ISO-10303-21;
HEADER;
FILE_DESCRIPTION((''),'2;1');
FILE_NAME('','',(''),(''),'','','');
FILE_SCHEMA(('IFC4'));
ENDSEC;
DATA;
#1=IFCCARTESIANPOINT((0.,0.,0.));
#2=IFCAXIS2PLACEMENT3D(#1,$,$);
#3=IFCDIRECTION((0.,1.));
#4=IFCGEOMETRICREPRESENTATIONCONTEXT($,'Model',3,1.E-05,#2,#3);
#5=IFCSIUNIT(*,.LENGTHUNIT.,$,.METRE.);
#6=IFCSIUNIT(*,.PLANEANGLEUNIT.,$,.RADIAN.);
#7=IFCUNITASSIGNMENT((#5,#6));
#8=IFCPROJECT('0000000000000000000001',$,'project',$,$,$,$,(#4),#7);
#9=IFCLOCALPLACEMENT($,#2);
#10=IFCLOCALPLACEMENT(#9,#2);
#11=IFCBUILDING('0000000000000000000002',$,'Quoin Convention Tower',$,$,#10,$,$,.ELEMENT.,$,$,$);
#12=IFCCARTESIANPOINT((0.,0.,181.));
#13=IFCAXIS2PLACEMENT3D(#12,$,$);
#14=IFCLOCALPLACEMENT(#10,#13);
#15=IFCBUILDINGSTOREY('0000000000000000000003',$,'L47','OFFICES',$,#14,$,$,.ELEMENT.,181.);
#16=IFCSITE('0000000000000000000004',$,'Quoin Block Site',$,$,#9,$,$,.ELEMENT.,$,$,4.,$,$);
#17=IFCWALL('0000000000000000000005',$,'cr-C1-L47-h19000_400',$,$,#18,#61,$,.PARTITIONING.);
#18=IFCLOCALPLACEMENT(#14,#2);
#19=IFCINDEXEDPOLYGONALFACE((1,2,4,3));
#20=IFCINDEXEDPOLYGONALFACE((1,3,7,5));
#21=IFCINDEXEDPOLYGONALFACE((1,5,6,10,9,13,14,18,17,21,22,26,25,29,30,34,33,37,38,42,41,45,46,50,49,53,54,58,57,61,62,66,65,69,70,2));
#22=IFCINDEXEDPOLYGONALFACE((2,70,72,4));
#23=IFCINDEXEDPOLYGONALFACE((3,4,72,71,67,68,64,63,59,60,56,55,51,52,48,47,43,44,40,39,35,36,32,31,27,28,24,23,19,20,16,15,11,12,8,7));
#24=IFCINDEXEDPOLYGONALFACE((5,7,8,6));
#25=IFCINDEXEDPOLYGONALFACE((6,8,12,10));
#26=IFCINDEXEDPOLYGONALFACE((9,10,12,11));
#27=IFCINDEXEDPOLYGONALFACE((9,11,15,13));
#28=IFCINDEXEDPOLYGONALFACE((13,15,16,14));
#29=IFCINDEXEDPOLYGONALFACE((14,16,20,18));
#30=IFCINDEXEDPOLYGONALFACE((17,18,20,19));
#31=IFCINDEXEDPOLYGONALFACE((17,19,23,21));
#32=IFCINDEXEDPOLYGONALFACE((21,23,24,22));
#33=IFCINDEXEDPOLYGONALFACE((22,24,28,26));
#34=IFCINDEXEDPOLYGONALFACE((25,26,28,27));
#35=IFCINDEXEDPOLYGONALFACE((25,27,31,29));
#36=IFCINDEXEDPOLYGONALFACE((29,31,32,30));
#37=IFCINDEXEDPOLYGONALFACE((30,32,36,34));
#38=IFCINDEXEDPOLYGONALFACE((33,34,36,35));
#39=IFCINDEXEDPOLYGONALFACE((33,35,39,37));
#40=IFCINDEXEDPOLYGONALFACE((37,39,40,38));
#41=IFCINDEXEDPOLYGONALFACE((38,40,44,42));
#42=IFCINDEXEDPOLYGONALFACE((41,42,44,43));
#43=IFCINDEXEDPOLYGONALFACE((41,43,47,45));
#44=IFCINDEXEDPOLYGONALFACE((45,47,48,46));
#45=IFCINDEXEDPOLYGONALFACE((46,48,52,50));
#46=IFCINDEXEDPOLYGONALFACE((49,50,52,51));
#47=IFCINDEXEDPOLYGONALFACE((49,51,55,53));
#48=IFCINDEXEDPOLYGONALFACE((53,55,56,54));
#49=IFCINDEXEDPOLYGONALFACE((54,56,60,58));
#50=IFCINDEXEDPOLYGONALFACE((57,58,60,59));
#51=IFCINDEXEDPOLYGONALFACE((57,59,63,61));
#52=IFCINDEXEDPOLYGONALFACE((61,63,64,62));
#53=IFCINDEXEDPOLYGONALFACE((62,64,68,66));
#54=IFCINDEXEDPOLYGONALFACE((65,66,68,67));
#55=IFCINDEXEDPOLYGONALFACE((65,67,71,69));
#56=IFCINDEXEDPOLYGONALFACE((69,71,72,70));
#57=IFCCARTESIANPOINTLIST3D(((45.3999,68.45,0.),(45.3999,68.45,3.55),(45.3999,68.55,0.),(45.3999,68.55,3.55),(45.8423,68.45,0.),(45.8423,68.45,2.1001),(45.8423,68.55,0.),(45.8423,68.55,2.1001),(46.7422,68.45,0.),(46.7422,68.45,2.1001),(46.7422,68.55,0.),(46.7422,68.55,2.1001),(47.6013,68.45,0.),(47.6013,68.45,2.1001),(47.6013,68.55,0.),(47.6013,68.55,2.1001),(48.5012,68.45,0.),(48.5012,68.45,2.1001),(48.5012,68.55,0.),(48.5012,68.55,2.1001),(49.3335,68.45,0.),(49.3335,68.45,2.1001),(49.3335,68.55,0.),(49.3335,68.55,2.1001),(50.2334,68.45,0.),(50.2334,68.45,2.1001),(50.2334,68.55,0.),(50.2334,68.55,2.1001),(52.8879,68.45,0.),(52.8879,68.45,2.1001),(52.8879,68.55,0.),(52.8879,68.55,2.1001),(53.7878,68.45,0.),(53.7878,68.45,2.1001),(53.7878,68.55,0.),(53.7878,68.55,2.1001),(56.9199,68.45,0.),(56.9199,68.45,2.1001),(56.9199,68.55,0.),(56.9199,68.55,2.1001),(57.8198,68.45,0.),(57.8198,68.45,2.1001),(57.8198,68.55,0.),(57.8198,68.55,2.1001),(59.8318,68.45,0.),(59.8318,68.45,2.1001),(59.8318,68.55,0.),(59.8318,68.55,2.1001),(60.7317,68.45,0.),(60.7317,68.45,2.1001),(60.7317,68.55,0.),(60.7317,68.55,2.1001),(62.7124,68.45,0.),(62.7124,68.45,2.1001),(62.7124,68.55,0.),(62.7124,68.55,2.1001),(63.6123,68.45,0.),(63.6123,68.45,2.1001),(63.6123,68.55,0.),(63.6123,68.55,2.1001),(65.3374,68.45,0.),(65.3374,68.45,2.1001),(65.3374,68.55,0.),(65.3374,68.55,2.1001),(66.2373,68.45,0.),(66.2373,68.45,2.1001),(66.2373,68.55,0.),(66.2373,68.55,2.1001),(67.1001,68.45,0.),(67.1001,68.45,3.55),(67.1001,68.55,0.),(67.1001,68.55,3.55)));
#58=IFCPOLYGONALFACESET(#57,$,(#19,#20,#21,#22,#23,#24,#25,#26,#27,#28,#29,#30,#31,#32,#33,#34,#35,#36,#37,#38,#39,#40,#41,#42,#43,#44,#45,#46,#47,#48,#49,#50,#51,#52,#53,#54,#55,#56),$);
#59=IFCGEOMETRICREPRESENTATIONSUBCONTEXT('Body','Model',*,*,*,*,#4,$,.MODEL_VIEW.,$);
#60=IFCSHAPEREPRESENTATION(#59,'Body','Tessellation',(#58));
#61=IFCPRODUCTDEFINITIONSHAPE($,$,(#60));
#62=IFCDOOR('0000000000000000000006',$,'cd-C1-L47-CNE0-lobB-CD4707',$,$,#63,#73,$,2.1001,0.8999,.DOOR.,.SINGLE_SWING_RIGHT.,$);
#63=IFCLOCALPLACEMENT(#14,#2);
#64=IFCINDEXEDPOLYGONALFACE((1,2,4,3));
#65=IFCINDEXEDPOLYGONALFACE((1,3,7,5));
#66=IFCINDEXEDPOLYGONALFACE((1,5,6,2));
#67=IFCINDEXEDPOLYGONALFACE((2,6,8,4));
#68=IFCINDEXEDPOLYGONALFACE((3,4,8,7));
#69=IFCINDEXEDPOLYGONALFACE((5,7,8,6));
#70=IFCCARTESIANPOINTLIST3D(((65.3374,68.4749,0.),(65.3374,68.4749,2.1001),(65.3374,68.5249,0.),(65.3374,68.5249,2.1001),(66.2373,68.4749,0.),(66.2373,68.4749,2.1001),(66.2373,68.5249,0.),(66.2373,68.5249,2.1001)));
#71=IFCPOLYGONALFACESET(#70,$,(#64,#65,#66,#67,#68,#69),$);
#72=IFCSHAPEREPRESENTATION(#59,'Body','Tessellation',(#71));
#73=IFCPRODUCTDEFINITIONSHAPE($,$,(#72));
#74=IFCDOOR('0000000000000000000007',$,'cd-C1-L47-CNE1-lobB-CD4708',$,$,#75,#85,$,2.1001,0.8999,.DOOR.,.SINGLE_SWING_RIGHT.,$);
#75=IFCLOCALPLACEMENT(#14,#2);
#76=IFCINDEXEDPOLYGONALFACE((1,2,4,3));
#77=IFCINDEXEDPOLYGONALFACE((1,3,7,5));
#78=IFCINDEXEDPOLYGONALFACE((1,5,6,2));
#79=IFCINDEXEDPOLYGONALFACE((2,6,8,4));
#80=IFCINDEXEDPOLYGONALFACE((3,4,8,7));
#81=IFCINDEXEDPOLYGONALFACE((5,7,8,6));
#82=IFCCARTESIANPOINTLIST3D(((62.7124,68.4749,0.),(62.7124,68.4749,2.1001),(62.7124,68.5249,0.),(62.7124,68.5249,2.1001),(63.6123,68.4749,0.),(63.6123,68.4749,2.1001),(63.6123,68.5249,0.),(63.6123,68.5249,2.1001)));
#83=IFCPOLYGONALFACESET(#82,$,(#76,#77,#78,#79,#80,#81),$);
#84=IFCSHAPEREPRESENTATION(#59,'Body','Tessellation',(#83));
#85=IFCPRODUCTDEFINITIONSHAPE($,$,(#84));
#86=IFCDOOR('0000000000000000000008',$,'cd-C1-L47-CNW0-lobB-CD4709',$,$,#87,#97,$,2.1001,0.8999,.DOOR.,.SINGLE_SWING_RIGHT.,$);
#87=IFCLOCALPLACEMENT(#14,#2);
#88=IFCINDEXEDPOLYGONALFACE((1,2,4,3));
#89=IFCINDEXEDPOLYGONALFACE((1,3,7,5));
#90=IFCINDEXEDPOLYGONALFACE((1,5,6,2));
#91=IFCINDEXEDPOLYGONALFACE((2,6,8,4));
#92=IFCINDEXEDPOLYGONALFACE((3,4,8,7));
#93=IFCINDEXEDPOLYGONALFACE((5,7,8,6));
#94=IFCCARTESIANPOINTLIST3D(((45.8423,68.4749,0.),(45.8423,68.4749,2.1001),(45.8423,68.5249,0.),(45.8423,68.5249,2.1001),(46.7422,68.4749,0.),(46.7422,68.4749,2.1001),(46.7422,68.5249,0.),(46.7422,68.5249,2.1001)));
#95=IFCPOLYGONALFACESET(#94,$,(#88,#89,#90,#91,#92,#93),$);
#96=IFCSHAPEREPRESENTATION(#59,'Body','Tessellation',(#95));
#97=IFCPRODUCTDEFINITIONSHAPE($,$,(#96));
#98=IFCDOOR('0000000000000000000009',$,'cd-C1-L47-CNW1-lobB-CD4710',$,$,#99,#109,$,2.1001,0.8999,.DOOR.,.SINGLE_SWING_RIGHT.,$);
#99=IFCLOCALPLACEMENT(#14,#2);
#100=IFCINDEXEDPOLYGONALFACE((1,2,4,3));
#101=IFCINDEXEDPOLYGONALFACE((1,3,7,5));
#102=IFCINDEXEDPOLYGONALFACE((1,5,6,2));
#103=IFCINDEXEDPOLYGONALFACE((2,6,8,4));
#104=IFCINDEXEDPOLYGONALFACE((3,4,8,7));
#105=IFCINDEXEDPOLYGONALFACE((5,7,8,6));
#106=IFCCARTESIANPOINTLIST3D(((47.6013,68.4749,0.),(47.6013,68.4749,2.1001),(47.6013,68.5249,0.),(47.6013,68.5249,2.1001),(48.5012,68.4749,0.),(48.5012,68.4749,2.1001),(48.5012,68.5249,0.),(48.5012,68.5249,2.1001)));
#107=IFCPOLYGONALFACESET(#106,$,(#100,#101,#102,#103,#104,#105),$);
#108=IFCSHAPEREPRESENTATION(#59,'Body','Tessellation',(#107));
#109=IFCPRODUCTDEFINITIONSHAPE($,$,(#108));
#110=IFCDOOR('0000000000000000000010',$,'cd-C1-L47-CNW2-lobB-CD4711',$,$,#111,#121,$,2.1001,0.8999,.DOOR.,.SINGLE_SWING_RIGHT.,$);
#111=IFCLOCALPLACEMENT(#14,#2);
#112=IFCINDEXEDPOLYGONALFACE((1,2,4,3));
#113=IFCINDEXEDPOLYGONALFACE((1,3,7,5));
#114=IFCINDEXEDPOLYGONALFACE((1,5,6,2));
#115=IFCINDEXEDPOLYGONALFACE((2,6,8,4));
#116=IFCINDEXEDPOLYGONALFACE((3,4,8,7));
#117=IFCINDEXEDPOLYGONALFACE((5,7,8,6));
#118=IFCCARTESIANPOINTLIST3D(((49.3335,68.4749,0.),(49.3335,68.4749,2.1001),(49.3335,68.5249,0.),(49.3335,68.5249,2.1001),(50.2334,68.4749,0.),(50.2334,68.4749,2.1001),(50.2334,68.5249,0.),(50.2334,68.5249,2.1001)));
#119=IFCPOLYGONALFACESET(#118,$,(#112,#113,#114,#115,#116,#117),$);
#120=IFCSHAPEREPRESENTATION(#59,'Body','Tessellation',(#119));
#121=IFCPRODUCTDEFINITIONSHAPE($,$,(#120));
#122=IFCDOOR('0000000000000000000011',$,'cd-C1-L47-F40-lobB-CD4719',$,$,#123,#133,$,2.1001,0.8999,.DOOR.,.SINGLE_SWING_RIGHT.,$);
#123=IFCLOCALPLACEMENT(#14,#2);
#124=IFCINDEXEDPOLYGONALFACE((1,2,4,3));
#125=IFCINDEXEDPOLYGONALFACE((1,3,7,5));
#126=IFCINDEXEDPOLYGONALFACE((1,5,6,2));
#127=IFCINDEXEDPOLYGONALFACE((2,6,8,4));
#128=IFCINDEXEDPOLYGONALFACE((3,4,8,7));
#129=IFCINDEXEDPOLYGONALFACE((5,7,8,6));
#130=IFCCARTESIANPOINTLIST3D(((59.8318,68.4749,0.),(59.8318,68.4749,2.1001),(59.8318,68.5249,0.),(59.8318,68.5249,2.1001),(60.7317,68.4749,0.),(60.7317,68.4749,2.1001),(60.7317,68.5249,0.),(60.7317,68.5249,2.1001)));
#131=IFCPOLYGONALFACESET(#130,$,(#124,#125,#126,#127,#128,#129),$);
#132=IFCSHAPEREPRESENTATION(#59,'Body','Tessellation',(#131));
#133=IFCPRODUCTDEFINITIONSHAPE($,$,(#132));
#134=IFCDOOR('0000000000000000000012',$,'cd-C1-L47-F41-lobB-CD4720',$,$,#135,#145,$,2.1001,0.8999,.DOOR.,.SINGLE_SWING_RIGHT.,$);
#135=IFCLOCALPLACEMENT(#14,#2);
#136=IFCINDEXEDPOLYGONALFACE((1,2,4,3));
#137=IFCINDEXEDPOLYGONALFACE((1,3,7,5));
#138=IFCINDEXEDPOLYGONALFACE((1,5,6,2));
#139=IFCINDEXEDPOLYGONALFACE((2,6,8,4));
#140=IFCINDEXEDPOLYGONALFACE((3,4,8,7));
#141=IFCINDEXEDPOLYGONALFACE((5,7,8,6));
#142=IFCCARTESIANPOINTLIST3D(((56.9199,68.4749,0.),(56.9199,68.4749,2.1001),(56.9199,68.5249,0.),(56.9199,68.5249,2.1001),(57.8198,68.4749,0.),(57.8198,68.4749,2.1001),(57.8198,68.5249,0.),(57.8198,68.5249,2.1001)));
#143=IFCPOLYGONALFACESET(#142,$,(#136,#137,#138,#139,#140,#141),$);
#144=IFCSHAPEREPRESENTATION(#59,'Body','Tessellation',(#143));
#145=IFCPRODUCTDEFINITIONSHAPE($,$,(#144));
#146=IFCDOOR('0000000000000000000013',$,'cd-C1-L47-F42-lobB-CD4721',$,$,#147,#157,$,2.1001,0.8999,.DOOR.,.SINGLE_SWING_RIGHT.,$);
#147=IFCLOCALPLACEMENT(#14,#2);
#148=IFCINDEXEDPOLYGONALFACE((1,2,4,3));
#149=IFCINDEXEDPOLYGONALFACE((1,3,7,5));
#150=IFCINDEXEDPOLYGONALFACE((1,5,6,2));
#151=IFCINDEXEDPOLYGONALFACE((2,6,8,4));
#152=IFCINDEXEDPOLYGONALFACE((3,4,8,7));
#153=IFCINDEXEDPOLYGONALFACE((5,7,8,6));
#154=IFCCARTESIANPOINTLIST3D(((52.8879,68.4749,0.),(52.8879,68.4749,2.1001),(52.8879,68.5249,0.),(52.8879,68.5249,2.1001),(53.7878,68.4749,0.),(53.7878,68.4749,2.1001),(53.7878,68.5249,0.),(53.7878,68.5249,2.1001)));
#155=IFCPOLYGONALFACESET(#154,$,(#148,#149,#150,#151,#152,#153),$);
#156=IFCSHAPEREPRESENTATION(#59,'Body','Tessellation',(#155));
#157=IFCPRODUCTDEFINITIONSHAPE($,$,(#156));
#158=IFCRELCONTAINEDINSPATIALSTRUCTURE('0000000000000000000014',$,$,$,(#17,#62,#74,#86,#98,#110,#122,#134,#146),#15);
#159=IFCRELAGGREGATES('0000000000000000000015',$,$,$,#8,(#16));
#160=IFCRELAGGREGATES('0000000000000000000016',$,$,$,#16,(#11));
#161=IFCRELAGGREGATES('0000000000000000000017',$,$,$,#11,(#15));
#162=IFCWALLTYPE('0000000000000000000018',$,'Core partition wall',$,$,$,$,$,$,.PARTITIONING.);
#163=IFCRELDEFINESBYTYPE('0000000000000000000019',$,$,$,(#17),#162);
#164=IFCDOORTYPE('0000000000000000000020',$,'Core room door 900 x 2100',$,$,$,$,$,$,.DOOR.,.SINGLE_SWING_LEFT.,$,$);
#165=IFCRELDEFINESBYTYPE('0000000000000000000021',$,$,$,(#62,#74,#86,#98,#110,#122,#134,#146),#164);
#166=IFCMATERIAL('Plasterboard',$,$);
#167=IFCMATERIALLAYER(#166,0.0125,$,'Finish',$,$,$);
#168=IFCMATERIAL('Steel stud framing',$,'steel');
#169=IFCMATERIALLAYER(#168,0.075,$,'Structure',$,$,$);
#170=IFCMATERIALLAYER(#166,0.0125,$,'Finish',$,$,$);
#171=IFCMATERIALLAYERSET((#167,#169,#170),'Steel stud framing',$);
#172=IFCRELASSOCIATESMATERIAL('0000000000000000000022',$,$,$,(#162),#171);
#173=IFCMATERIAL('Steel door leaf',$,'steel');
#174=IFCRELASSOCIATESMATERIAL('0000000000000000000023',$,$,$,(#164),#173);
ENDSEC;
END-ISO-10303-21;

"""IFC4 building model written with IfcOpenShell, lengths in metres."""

from ifc_helpers import new_model, si_unit, direction, frame, frame_2d, origin, place, context, subcontext, project, spatial, rectangle, extrude, material, layer, layer_set, type_object, element, fill, save


model = new_model("IFC4")

# Units and contexts
model_context = context("Model", 3, precision=1e-05, world=origin(), true_north=direction((0.0, 1.0)))
body_context = subcontext(model_context, "Body", "Model", "MODEL_VIEW")
ifc_project = project(units=[si_unit("LENGTHUNIT", "METRE"), si_unit("PLANEANGLEUNIT", "RADIAN")], contexts=[model_context])

# Site, building, storey
site_placement = place(None, origin())
site = spatial("IfcSite", under=ifc_project, at=site_placement, Name="Quoin Block Site", CompositionType="ELEMENT", RefElevation=4.0)
building_placement = place(site_placement, origin())
building = spatial("IfcBuilding", under=site, at=building_placement, Name="Quoin Convention Tower", CompositionType="ELEMENT")
storey_placement = place(building_placement, frame((0.0, 0.0, 181.0)))
storey = spatial("IfcBuildingStorey", under=building, at=storey_placement, Name="L47", Description="OFFICES", CompositionType="ELEMENT", Elevation=181.0)

# Wall, openings, doors
ifc_material_1 = material(Name="Plasterboard")
ifc_layer_1 = layer(ifc_material_1, 0.0125, Name="Finish")
ifc_material_2 = material(Name="Steel stud framing", Category="steel")
ifc_layer_2 = layer(ifc_material_2, 0.075, Name="Structure")
ifc_layer_3 = layer(ifc_material_1, 0.0125, Name="Finish")
ifc_layer_set_1 = layer_set([ifc_layer_1, ifc_layer_2, ifc_layer_3], Name="Steel stud framing")
wall_type_1 = type_object("IfcWallType", Name="Core partition wall", PredefinedType="PARTITIONING", material=ifc_layer_set_1)
wall_1_placement = place(storey_placement, frame((45.3999, 68.5, 0.0), z_axis=(0.0, 0.0, 1.0), x_axis=(1.0, 0.0, 0.0)))
wall_1 = element("IfcWall", 1, at=wall_1_placement, inside=storey, type_object=wall_type_1, Name="cr-C1-L47-h19000_400", PredefinedType="PARTITIONING", context=body_context, shape_type="SweptSolid", body=[
    extrude(rectangle(XDim=21.7002, YDim=0.1001, at=frame_2d((10.8501, 0.0))), origin(), (0.0, 0.0, 1.0), 3.55),
])
opening_1_placement = place(wall_1_placement, frame((19.9375, 0.0, 0.0)))
opening_1 = element("IfcOpeningElement", 2, at=opening_1_placement, cuts=wall_1, PredefinedType="OPENING", context=body_context, shape_type="SweptSolid", body=[
    extrude(rectangle(XDim=0.8999, YDim=2.1001, at=frame_2d((0.45, 1.05))), frame((0.0, 0.0601, 0.0), z_axis=(0.0, -1.0, 0.0), x_axis=(1.0, 0.0, 0.0)), (0.0, 0.0, 1.0), 0.1201),
])
opening_2_placement = place(wall_1_placement, frame((17.3125, 0.0, 0.0)))
opening_2 = element("IfcOpeningElement", 3, at=opening_2_placement, cuts=wall_1, PredefinedType="OPENING", context=body_context, shape_type="SweptSolid", body=[
    extrude(rectangle(XDim=0.8999, YDim=2.1001, at=frame_2d((0.45, 1.05))), frame((0.0, 0.0601, 0.0), z_axis=(0.0, -1.0, 0.0), x_axis=(1.0, 0.0, 0.0)), (0.0, 0.0, 1.0), 0.1201),
])
opening_3_placement = place(wall_1_placement, frame((0.4424, 0.0, 0.0)))
opening_3 = element("IfcOpeningElement", 4, at=opening_3_placement, cuts=wall_1, PredefinedType="OPENING", context=body_context, shape_type="SweptSolid", body=[
    extrude(rectangle(XDim=0.8999, YDim=2.1001, at=frame_2d((0.45, 1.05))), frame((0.0, 0.0601, 0.0), z_axis=(0.0, -1.0, 0.0), x_axis=(1.0, 0.0, 0.0)), (0.0, 0.0, 1.0), 0.1201),
])
opening_4_placement = place(wall_1_placement, frame((2.2014, 0.0, 0.0)))
opening_4 = element("IfcOpeningElement", 5, at=opening_4_placement, cuts=wall_1, PredefinedType="OPENING", context=body_context, shape_type="SweptSolid", body=[
    extrude(rectangle(XDim=0.8999, YDim=2.1001, at=frame_2d((0.45, 1.05))), frame((0.0, 0.0601, 0.0), z_axis=(0.0, -1.0, 0.0), x_axis=(1.0, 0.0, 0.0)), (0.0, 0.0, 1.0), 0.1201),
])
opening_5_placement = place(wall_1_placement, frame((3.9336, 0.0, 0.0)))
opening_5 = element("IfcOpeningElement", 6, at=opening_5_placement, cuts=wall_1, PredefinedType="OPENING", context=body_context, shape_type="SweptSolid", body=[
    extrude(rectangle(XDim=0.8999, YDim=2.1001, at=frame_2d((0.45, 1.05))), frame((0.0, 0.0601, 0.0), z_axis=(0.0, -1.0, 0.0), x_axis=(1.0, 0.0, 0.0)), (0.0, 0.0, 1.0), 0.1201),
])
opening_6_placement = place(wall_1_placement, frame((14.4319, 0.0, 0.0)))
opening_6 = element("IfcOpeningElement", 7, at=opening_6_placement, cuts=wall_1, PredefinedType="OPENING", context=body_context, shape_type="SweptSolid", body=[
    extrude(rectangle(XDim=0.8999, YDim=2.1001, at=frame_2d((0.45, 1.05))), frame((0.0, 0.0601, 0.0), z_axis=(0.0, -1.0, 0.0), x_axis=(1.0, 0.0, 0.0)), (0.0, 0.0, 1.0), 0.1201),
])
opening_7_placement = place(wall_1_placement, frame((11.52, 0.0, 0.0)))
opening_7 = element("IfcOpeningElement", 8, at=opening_7_placement, cuts=wall_1, PredefinedType="OPENING", context=body_context, shape_type="SweptSolid", body=[
    extrude(rectangle(XDim=0.8999, YDim=2.1001, at=frame_2d((0.45, 1.05))), frame((0.0, 0.0601, 0.0), z_axis=(0.0, -1.0, 0.0), x_axis=(1.0, 0.0, 0.0)), (0.0, 0.0, 1.0), 0.1201),
])
opening_8_placement = place(wall_1_placement, frame((7.488, 0.0, 0.0)))
opening_8 = element("IfcOpeningElement", 9, at=opening_8_placement, cuts=wall_1, PredefinedType="OPENING", context=body_context, shape_type="SweptSolid", body=[
    extrude(rectangle(XDim=0.8999, YDim=2.1001, at=frame_2d((0.45, 1.05))), frame((0.0, 0.0601, 0.0), z_axis=(0.0, -1.0, 0.0), x_axis=(1.0, 0.0, 0.0)), (0.0, 0.0, 1.0), 0.1201),
])
ifc_material_3 = material(Name="Steel door leaf", Category="steel")
door_type_1 = type_object("IfcDoorType", Name="Core room door 900 x 2100", OperationType="SINGLE_SWING_LEFT", PredefinedType="DOOR", material=ifc_material_3)
door_1_placement = place(opening_1_placement, origin())
door_1 = element("IfcDoor", 10, at=door_1_placement, inside=storey, type_object=door_type_1, Name="cd-C1-L47-CNE0-lobB-CD4707", OperationType="SINGLE_SWING_RIGHT", OverallHeight=2.1001, OverallWidth=0.8999, PredefinedType="DOOR", context=body_context, shape_type="SweptSolid", body=[
    extrude(rectangle(XDim=0.8999, YDim=2.1001, at=frame_2d((0.45, 1.05))), frame((0.0, 0.0249, 0.0), z_axis=(0.0, -1.0, 0.0), x_axis=(1.0, 0.0, 0.0)), (0.0, 0.0, 1.0), 0.05),
])
fill(opening_1, door_1)
door_2_placement = place(opening_2_placement, origin())
door_2 = element("IfcDoor", 11, at=door_2_placement, inside=storey, type_object=door_type_1, Name="cd-C1-L47-CNE1-lobB-CD4708", OperationType="SINGLE_SWING_RIGHT", OverallHeight=2.1001, OverallWidth=0.8999, PredefinedType="DOOR", context=body_context, shape_type="SweptSolid", body=[
    extrude(rectangle(XDim=0.8999, YDim=2.1001, at=frame_2d((0.45, 1.05))), frame((0.0, 0.0249, 0.0), z_axis=(0.0, -1.0, 0.0), x_axis=(1.0, 0.0, 0.0)), (0.0, 0.0, 1.0), 0.05),
])
fill(opening_2, door_2)
door_3_placement = place(opening_3_placement, origin())
door_3 = element("IfcDoor", 12, at=door_3_placement, inside=storey, type_object=door_type_1, Name="cd-C1-L47-CNW0-lobB-CD4709", OperationType="SINGLE_SWING_RIGHT", OverallHeight=2.1001, OverallWidth=0.8999, PredefinedType="DOOR", context=body_context, shape_type="SweptSolid", body=[
    extrude(rectangle(XDim=0.8999, YDim=2.1001, at=frame_2d((0.45, 1.05))), frame((0.0, 0.0249, 0.0), z_axis=(0.0, -1.0, 0.0), x_axis=(1.0, 0.0, 0.0)), (0.0, 0.0, 1.0), 0.05),
])
fill(opening_3, door_3)
door_4_placement = place(opening_4_placement, origin())
door_4 = element("IfcDoor", 13, at=door_4_placement, inside=storey, type_object=door_type_1, Name="cd-C1-L47-CNW1-lobB-CD4710", OperationType="SINGLE_SWING_RIGHT", OverallHeight=2.1001, OverallWidth=0.8999, PredefinedType="DOOR", context=body_context, shape_type="SweptSolid", body=[
    extrude(rectangle(XDim=0.8999, YDim=2.1001, at=frame_2d((0.45, 1.05))), frame((0.0, 0.0249, 0.0), z_axis=(0.0, -1.0, 0.0), x_axis=(1.0, 0.0, 0.0)), (0.0, 0.0, 1.0), 0.05),
])
fill(opening_4, door_4)
door_5_placement = place(opening_5_placement, origin())
door_5 = element("IfcDoor", 14, at=door_5_placement, inside=storey, type_object=door_type_1, Name="cd-C1-L47-CNW2-lobB-CD4711", OperationType="SINGLE_SWING_RIGHT", OverallHeight=2.1001, OverallWidth=0.8999, PredefinedType="DOOR", context=body_context, shape_type="SweptSolid", body=[
    extrude(rectangle(XDim=0.8999, YDim=2.1001, at=frame_2d((0.45, 1.05))), frame((0.0, 0.0249, 0.0), z_axis=(0.0, -1.0, 0.0), x_axis=(1.0, 0.0, 0.0)), (0.0, 0.0, 1.0), 0.05),
])
fill(opening_5, door_5)
door_6_placement = place(opening_6_placement, origin())
door_6 = element("IfcDoor", 15, at=door_6_placement, inside=storey, type_object=door_type_1, Name="cd-C1-L47-F40-lobB-CD4719", OperationType="SINGLE_SWING_RIGHT", OverallHeight=2.1001, OverallWidth=0.8999, PredefinedType="DOOR", context=body_context, shape_type="SweptSolid", body=[
    extrude(rectangle(XDim=0.8999, YDim=2.1001, at=frame_2d((0.45, 1.05))), frame((0.0, 0.0249, 0.0), z_axis=(0.0, -1.0, 0.0), x_axis=(1.0, 0.0, 0.0)), (0.0, 0.0, 1.0), 0.05),
])
fill(opening_6, door_6)
door_7_placement = place(opening_7_placement, origin())
door_7 = element("IfcDoor", 16, at=door_7_placement, inside=storey, type_object=door_type_1, Name="cd-C1-L47-F41-lobB-CD4720", OperationType="SINGLE_SWING_RIGHT", OverallHeight=2.1001, OverallWidth=0.8999, PredefinedType="DOOR", context=body_context, shape_type="SweptSolid", body=[
    extrude(rectangle(XDim=0.8999, YDim=2.1001, at=frame_2d((0.45, 1.05))), frame((0.0, 0.0249, 0.0), z_axis=(0.0, -1.0, 0.0), x_axis=(1.0, 0.0, 0.0)), (0.0, 0.0, 1.0), 0.05),
])
fill(opening_7, door_7)
door_8_placement = place(opening_8_placement, origin())
door_8 = element("IfcDoor", 17, at=door_8_placement, inside=storey, type_object=door_type_1, Name="cd-C1-L47-F42-lobB-CD4721", OperationType="SINGLE_SWING_RIGHT", OverallHeight=2.1001, OverallWidth=0.8999, PredefinedType="DOOR", context=body_context, shape_type="SweptSolid", body=[
    extrude(rectangle(XDim=0.8999, YDim=2.1001, at=frame_2d((0.45, 1.05))), frame((0.0, 0.0249, 0.0), z_axis=(0.0, -1.0, 0.0), x_axis=(1.0, 0.0, 0.0)), (0.0, 0.0, 1.0), 0.05),
])
fill(opening_8, door_8)

save(model, "model.ifc")
